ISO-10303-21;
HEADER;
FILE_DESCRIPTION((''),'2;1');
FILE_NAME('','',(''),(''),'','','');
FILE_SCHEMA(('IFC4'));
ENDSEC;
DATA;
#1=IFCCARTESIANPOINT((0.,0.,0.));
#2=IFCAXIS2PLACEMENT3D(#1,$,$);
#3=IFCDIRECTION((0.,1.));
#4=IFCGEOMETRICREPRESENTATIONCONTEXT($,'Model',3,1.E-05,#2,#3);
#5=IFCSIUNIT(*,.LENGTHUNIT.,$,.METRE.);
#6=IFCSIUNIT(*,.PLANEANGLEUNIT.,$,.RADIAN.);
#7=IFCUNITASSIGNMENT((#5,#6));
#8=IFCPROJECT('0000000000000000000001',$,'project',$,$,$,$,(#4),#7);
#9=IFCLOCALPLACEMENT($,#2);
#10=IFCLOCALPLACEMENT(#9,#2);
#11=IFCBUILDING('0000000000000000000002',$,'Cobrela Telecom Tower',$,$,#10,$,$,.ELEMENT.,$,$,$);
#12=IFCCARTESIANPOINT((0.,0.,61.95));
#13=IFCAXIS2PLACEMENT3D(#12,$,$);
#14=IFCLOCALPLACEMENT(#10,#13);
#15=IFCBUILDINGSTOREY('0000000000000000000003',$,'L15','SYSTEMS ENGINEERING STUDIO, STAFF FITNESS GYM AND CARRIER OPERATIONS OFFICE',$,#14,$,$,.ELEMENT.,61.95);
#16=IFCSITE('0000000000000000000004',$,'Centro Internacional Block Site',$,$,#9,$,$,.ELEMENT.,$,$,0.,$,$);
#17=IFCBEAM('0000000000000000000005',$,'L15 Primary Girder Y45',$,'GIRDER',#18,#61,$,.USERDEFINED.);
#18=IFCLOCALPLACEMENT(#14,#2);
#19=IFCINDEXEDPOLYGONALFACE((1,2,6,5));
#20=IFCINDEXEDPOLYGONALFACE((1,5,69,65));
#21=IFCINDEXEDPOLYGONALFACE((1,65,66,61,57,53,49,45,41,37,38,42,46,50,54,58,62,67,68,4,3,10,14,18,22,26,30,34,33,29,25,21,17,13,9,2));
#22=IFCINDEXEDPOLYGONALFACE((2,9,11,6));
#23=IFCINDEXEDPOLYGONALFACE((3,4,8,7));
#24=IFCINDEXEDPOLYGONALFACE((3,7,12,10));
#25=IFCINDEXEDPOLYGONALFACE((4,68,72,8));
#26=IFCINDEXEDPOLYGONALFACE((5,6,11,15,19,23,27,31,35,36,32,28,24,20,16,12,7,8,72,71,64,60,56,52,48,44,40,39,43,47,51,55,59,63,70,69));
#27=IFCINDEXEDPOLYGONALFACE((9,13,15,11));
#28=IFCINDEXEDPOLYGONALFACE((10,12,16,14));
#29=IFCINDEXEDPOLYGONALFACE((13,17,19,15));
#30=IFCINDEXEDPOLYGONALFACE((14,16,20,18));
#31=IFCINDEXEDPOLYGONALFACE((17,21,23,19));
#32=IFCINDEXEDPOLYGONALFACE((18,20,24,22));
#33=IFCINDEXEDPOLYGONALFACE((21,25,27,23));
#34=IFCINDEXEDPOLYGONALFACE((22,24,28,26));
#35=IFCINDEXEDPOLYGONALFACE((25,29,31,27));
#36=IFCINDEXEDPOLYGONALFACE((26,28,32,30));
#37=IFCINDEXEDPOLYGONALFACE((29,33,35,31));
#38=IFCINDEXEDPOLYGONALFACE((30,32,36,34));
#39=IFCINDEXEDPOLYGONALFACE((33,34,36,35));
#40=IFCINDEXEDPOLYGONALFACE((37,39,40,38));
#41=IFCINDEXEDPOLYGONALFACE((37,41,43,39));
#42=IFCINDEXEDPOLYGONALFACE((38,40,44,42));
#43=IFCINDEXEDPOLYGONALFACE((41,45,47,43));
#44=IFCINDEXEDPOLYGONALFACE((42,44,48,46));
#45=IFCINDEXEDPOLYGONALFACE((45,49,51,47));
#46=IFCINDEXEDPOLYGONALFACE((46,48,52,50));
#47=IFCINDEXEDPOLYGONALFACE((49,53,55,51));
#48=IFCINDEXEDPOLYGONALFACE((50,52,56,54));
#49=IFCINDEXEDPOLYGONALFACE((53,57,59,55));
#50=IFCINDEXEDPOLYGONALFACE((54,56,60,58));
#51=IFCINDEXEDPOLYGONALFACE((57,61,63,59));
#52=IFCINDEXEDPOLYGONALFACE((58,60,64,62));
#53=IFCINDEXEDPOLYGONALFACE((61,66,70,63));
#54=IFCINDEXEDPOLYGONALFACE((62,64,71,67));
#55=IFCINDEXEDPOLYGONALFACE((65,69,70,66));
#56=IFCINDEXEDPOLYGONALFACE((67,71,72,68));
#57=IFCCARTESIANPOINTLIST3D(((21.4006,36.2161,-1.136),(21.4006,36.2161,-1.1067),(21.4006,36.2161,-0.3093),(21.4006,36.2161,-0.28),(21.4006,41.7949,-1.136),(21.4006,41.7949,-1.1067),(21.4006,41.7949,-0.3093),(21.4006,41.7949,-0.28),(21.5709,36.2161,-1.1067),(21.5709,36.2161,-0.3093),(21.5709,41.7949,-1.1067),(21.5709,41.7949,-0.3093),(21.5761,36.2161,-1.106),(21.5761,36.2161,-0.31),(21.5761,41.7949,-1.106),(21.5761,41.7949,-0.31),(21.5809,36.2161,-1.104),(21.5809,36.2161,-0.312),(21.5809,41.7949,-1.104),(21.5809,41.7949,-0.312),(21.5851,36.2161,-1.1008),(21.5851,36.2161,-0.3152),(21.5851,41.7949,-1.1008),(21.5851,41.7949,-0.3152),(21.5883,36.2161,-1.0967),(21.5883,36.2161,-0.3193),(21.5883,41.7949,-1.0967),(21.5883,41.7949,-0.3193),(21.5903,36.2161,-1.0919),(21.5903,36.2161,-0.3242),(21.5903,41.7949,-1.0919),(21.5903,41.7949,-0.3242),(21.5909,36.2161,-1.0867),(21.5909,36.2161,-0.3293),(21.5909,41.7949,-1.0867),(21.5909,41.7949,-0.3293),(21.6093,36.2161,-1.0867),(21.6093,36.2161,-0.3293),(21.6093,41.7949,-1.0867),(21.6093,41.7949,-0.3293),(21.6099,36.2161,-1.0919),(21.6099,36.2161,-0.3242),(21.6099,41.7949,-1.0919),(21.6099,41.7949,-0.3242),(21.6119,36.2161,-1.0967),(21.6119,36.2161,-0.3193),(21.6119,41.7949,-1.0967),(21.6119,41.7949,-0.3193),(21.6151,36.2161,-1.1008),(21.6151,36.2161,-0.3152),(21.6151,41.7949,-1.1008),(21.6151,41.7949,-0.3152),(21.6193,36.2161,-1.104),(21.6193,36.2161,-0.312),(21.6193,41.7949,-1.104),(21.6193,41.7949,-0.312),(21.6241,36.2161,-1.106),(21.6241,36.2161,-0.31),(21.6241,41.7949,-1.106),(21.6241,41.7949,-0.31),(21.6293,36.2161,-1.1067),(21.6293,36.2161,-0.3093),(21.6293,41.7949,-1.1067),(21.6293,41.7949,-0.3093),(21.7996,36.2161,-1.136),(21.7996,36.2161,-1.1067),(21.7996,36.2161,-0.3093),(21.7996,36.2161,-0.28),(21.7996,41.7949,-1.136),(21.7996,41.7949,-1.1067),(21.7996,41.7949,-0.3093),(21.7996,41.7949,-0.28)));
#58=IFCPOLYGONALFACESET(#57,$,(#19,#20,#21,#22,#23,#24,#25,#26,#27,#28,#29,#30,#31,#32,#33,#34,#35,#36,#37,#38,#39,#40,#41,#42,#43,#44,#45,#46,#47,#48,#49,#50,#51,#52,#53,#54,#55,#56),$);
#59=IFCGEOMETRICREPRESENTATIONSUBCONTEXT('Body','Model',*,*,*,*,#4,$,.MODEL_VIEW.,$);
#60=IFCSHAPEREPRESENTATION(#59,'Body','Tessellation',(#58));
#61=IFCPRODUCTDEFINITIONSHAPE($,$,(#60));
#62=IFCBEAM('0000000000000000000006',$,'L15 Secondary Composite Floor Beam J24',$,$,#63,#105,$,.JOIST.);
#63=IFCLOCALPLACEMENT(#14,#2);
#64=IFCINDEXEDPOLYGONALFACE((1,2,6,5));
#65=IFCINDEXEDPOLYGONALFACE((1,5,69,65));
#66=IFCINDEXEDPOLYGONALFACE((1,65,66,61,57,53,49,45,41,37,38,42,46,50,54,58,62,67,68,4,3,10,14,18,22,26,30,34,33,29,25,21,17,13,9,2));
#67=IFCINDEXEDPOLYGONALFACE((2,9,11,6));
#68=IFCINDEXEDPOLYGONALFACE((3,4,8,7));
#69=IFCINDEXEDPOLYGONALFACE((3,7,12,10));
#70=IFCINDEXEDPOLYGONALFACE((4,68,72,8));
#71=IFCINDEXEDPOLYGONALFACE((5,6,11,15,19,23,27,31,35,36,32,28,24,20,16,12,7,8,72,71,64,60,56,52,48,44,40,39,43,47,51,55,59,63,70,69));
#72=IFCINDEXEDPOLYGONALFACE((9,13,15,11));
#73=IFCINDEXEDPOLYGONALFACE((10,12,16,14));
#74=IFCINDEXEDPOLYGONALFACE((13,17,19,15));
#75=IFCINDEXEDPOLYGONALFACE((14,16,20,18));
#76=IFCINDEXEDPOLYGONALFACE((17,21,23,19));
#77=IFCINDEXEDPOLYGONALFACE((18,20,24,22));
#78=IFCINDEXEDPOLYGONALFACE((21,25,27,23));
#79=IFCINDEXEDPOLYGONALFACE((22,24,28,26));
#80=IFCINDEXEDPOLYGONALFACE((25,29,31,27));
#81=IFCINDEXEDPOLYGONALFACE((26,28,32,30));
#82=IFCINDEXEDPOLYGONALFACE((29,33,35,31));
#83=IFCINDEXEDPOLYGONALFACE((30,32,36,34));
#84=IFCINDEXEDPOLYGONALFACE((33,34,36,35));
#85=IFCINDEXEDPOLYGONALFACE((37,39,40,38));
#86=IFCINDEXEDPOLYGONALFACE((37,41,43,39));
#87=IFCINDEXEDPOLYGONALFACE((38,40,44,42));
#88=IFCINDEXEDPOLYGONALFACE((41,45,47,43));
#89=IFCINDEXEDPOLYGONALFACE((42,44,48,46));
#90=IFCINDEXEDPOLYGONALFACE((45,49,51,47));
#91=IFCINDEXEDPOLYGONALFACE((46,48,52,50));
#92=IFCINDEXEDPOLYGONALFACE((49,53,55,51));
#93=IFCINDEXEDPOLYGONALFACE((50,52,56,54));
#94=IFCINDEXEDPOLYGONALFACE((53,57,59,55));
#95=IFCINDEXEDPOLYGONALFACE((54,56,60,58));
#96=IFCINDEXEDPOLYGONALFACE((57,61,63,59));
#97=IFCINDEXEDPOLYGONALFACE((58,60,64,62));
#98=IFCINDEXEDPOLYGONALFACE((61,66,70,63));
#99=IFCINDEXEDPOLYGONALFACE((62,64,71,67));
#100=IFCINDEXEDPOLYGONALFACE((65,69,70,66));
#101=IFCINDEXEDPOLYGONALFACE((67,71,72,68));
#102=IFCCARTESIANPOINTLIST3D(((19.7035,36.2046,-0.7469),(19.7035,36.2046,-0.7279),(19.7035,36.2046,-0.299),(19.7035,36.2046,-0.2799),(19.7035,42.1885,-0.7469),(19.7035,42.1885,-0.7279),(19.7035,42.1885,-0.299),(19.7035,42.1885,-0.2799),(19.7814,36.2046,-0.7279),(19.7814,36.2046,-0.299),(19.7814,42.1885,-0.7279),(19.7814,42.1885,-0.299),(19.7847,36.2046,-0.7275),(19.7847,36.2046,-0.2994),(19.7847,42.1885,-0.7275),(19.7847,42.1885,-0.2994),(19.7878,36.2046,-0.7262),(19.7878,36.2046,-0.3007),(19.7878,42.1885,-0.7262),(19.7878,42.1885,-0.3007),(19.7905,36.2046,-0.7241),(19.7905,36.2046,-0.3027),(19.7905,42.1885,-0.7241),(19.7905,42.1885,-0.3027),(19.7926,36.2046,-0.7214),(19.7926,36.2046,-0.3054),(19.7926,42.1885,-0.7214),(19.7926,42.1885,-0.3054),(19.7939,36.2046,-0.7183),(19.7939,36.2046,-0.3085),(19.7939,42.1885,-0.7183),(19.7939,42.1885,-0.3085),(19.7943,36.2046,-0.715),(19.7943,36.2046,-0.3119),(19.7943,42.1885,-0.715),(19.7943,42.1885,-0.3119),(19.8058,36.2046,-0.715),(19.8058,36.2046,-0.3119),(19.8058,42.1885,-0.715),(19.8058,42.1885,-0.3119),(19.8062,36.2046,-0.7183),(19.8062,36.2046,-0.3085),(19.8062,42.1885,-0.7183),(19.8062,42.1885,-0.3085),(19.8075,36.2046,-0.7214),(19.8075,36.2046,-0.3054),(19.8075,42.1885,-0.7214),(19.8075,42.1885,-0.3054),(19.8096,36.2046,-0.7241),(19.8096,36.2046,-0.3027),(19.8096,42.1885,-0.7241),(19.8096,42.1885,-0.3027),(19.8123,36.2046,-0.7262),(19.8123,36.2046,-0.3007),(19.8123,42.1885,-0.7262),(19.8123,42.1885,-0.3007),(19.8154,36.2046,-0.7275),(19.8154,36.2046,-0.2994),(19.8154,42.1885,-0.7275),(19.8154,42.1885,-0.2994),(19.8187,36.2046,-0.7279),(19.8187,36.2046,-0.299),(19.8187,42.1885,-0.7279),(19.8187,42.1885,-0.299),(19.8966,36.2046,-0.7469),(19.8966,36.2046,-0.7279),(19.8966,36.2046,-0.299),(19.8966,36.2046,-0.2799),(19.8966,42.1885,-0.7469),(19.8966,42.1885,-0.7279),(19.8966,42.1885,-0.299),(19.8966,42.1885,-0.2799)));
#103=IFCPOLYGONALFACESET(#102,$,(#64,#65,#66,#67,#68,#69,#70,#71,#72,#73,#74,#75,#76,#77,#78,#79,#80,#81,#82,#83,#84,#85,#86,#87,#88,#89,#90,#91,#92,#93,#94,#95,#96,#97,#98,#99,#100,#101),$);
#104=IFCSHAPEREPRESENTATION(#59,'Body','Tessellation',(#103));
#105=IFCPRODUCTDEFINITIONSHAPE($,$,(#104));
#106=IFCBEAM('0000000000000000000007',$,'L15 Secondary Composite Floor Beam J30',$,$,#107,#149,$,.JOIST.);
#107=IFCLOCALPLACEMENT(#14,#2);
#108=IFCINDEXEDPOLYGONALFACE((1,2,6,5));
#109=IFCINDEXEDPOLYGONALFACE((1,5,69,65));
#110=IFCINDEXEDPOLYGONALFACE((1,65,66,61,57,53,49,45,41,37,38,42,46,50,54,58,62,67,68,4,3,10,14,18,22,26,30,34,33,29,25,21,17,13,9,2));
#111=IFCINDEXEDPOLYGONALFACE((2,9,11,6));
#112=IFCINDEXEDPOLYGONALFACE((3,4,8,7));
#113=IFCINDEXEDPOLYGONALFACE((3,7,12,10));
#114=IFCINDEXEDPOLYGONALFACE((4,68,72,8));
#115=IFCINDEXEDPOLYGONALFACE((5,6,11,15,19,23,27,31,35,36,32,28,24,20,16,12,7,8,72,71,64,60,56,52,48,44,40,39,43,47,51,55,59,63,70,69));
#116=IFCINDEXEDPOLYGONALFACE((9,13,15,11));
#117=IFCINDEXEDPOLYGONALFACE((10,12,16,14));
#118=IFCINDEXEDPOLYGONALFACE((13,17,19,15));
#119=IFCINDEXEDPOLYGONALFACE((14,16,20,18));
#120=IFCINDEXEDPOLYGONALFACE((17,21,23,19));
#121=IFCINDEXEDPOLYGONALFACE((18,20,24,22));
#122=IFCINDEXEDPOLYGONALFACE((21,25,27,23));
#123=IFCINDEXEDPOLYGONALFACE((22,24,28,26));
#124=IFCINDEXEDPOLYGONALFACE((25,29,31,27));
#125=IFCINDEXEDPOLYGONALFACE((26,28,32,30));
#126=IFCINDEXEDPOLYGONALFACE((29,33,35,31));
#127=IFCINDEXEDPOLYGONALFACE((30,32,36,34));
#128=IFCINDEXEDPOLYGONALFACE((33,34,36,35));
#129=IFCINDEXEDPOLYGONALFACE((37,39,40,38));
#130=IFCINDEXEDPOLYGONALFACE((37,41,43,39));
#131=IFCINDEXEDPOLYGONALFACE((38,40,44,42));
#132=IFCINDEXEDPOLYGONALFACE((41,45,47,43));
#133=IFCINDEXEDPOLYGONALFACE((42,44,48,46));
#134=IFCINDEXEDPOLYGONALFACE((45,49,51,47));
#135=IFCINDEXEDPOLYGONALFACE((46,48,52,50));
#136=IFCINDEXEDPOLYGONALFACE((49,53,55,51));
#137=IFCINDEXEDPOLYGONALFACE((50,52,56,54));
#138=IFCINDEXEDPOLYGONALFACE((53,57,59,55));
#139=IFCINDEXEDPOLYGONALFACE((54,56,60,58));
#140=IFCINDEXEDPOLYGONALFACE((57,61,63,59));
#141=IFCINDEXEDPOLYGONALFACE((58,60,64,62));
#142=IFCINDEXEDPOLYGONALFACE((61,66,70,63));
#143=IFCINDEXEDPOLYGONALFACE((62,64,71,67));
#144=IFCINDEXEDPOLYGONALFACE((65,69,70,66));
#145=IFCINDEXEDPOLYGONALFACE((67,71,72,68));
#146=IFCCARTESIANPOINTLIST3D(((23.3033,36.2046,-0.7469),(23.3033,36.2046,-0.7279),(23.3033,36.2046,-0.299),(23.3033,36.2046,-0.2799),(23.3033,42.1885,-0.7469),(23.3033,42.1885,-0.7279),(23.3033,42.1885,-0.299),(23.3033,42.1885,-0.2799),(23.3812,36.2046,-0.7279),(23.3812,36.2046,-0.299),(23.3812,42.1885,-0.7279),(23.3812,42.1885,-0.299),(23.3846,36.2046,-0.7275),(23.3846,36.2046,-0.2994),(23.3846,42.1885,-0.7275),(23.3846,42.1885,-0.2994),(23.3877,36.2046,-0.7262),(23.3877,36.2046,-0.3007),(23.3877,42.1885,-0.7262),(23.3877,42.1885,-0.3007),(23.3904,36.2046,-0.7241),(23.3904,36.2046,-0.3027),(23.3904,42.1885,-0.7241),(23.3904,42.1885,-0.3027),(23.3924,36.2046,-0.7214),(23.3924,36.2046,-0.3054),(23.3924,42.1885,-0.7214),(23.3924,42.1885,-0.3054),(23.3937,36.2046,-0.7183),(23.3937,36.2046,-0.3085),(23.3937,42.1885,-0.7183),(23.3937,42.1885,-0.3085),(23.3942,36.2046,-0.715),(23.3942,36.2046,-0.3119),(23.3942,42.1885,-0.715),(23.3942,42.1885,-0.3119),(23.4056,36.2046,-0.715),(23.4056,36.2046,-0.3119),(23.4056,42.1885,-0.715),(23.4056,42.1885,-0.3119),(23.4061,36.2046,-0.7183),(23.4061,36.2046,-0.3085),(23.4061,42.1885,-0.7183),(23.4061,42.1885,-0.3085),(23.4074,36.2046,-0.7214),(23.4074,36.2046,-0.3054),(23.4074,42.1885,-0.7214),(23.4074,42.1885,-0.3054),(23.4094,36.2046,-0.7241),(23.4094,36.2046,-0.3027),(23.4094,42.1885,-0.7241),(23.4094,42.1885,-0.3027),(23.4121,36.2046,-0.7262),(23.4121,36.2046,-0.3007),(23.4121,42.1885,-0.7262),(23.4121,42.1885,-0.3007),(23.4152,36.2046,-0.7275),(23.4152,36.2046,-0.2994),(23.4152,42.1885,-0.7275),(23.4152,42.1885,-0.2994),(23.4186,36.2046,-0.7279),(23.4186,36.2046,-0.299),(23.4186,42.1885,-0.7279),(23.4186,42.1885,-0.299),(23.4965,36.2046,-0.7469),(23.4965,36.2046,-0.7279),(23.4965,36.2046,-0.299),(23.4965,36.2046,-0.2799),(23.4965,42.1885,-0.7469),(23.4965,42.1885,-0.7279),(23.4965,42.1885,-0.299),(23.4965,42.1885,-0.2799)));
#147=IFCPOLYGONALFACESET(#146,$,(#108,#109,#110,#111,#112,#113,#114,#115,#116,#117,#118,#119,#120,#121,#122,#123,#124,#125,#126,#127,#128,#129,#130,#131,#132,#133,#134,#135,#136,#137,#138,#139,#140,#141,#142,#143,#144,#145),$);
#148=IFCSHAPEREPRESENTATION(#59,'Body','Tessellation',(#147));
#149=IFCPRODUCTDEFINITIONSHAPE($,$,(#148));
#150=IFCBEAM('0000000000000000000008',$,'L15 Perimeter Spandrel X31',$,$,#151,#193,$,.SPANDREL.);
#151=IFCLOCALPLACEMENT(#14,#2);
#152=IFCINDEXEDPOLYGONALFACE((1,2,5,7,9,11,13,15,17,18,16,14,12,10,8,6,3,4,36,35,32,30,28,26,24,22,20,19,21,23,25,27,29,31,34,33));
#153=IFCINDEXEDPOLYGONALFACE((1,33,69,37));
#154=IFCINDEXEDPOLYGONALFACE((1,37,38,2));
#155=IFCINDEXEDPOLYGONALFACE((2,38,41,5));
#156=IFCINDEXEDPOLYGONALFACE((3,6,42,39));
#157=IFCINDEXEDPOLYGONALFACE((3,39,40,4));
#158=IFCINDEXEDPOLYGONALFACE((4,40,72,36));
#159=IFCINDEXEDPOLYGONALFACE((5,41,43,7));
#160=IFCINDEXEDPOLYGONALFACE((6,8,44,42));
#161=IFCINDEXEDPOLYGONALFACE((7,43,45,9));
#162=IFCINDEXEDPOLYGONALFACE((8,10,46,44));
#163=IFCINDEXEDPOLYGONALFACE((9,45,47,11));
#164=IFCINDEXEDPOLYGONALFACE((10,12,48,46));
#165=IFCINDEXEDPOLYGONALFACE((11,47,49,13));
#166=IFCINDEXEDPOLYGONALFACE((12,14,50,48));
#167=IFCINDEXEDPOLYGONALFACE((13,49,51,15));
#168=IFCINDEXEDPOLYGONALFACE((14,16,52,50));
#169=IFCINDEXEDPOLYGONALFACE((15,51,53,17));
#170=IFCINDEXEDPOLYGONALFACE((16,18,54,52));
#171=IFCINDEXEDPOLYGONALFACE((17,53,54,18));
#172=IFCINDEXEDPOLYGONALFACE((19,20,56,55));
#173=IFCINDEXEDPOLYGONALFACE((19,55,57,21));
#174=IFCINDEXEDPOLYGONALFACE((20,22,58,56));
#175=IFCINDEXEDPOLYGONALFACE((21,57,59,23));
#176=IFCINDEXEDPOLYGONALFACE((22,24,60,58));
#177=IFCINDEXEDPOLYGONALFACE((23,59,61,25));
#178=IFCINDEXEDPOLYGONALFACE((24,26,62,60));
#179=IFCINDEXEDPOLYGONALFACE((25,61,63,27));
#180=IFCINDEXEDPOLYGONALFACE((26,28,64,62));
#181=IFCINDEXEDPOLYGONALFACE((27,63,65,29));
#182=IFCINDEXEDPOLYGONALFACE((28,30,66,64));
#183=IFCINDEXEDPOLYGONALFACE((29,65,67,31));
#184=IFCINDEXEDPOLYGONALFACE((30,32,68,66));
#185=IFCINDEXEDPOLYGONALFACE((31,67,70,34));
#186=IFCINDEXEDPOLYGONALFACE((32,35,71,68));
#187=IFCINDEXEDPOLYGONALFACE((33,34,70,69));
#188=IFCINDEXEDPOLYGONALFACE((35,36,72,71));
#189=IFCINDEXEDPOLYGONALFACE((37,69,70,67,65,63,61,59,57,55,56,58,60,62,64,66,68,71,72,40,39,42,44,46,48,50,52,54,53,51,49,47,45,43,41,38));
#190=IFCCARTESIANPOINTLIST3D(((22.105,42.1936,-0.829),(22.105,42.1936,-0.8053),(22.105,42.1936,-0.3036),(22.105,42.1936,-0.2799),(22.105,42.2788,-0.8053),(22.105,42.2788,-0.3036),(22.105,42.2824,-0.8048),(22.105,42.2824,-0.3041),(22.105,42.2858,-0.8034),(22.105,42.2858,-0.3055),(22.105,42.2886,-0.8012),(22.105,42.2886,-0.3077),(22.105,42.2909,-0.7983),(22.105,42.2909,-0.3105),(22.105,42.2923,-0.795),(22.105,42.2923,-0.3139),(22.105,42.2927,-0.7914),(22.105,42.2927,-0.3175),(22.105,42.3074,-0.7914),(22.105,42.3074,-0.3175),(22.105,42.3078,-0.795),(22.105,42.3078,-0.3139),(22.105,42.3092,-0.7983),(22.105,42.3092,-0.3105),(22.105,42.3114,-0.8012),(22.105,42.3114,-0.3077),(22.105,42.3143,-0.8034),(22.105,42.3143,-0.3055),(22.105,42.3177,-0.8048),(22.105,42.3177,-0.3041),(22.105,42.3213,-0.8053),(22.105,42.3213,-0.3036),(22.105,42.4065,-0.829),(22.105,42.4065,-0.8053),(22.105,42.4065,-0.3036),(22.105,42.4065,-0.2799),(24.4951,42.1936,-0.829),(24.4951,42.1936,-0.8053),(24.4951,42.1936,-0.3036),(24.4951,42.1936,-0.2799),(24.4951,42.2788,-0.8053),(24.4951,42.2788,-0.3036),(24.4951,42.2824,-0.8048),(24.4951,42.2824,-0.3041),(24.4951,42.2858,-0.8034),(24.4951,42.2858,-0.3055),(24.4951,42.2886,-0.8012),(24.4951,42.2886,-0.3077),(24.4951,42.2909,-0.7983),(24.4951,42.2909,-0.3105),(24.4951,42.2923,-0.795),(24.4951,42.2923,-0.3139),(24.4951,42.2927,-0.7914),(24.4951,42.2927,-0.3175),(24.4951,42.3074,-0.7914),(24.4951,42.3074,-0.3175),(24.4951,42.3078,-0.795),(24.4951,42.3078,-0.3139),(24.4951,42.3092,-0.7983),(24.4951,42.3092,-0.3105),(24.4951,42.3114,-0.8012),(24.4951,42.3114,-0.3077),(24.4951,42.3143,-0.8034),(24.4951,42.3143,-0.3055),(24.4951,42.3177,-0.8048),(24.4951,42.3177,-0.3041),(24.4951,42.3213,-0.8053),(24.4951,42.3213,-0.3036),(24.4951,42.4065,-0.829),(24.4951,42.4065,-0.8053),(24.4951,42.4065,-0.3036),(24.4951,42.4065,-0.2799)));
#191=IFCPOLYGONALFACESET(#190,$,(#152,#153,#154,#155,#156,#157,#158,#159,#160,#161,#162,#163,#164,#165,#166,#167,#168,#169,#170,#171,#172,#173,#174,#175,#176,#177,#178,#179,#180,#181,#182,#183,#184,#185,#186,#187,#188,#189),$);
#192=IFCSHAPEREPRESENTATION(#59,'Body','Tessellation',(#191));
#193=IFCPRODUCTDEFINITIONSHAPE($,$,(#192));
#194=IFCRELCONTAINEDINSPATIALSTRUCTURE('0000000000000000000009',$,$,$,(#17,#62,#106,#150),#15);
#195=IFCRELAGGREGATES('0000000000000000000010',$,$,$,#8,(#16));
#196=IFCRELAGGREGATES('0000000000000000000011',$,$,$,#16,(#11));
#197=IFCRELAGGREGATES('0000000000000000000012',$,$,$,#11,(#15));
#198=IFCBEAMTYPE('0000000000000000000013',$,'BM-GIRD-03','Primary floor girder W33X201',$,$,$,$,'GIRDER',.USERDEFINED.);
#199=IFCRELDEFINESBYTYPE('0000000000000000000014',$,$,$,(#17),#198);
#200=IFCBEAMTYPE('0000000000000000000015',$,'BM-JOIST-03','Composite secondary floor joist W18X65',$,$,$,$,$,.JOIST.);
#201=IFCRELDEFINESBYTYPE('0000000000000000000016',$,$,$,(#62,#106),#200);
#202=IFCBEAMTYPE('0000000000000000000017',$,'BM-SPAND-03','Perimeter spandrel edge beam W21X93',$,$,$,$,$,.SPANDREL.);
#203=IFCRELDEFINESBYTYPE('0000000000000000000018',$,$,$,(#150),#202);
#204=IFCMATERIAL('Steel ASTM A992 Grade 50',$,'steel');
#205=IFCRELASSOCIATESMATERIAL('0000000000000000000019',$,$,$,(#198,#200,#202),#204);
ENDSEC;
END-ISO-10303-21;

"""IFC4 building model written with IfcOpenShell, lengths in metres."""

from ifc_helpers import new_model, si_unit, direction, frame, origin, origin_2d, place, context, subcontext, project, spatial, i_section, extrude, material, material_profile, profile_set, type_object, element, save


model = new_model("IFC4")

# Units and contexts
model_context = context("Model", 3, precision=1e-05, world=origin(), true_north=direction((0.0, 1.0)))
body_context = subcontext(model_context, "Body", "Model", "MODEL_VIEW")
ifc_project = project(units=[si_unit("LENGTHUNIT", "METRE"), si_unit("PLANEANGLEUNIT", "RADIAN")], contexts=[model_context])

# Site, building, storey
site_placement = place(None, origin())
site = spatial("IfcSite", under=ifc_project, at=site_placement, Name="Centro Internacional Block Site", CompositionType="ELEMENT", RefElevation=0.0)
building_placement = place(site_placement, origin())
building = spatial("IfcBuilding", under=site, at=building_placement, Name="Cobrela Telecom Tower", CompositionType="ELEMENT")
storey_placement = place(building_placement, frame((0.0, 0.0, 61.95)))
storey = spatial("IfcBuildingStorey", under=building, at=storey_placement, Name="L15", Description="SYSTEMS ENGINEERING STUDIO, STAFF FITNESS GYM AND CARRIER OPERATIONS OFFICE", CompositionType="ELEMENT", Elevation=61.95)

# Shared definitions
ifc_material_1 = material(Name="Steel ASTM A992 Grade 50", Category="steel")

# Beams
ifc_material_profile_1 = material_profile(ifc_material_1, i_section(OverallWidth=0.3989, OverallDepth=0.856, WebThickness=0.0183, FlangeThickness=0.0293, FilletRadius=0.02, at=origin_2d()), Name="W33X201")
ifc_profile_set_1 = profile_set([ifc_material_profile_1], Name="Steel ASTM A992 Grade 50")
beam_type_1 = type_object("IfcBeamType", Name="BM-GIRD-03", Description="Primary floor girder W33X201", ElementType="GIRDER", PredefinedType="USERDEFINED", material=ifc_profile_set_1)
beam_1_placement = place(storey_placement, frame((21.6001, 36.2161, -0.708), z_axis=(0.0, 1.0, 0.0), x_axis=(-1.0, 0.0, 0.0)))
element("IfcBeam", 1, at=beam_1_placement, inside=storey, type_object=beam_type_1, Name="L15 Primary Girder Y45", ObjectType="GIRDER", PredefinedType="USERDEFINED", context=body_context, shape_type="SweptSolid", body=[
    extrude(i_section(OverallWidth=0.3989, OverallDepth=0.856, WebThickness=0.0183, FlangeThickness=0.0293, FilletRadius=0.02, at=origin_2d()), origin(), (0.0, 0.0, 1.0), 5.5789),
])
ifc_material_profile_2 = material_profile(ifc_material_1, i_section(OverallWidth=0.1931, OverallDepth=0.467, WebThickness=0.0115, FlangeThickness=0.019, FilletRadius=0.0129, at=origin_2d()), Name="W18X65")
ifc_profile_set_2 = profile_set([ifc_material_profile_2], Name="Steel ASTM A992 Grade 50")
beam_type_2 = type_object("IfcBeamType", Name="BM-JOIST-03", Description="Composite secondary floor joist W18X65", PredefinedType="JOIST", material=ifc_profile_set_2)
for number, where, z_axis, x_axis, name in (
    (2, (19.8, 36.2046, -0.5134), (0.0, 1.0, 0.0), (-1.0, 0.0, 0.0), "L15 Secondary Composite Floor Beam J24"),
    (3, (23.3999, 36.2046, -0.5134), (0.0, 1.0, 0.0), (-1.0, 0.0, 0.0), "L15 Secondary Composite Floor Beam J30"),
):
    element("IfcBeam", number, at=place(storey_placement, frame(where, z_axis=z_axis, x_axis=x_axis)), inside=storey, type_object=beam_type_2, Name=name, PredefinedType="JOIST", context=body_context, shape_type="SweptSolid", body=[
        extrude(i_section(OverallWidth=0.1931, OverallDepth=0.467, WebThickness=0.0115, FlangeThickness=0.019, FilletRadius=0.0129, at=origin_2d()), origin(), (0.0, 0.0, 1.0), 5.9839),
    ])
ifc_material_profile_3 = material_profile(ifc_material_1, i_section(OverallWidth=0.2129, OverallDepth=0.5491, WebThickness=0.0146, FlangeThickness=0.0237, FilletRadius=0.0139, at=origin_2d()), Name="W21X93")
ifc_profile_set_3 = profile_set([ifc_material_profile_3], Name="Steel ASTM A992 Grade 50")
beam_type_3 = type_object("IfcBeamType", Name="BM-SPAND-03", Description="Perimeter spandrel edge beam W21X93", PredefinedType="SPANDREL", material=ifc_profile_set_3)
beam_2_placement = place(storey_placement, frame((22.105, 42.3, -0.5544), z_axis=(1.0, 0.0, 0.0), x_axis=(0.0, 1.0, 0.0)))
element("IfcBeam", 4, at=beam_2_placement, inside=storey, type_object=beam_type_3, Name="L15 Perimeter Spandrel X31", PredefinedType="SPANDREL", context=body_context, shape_type="SweptSolid", body=[
    extrude(i_section(OverallWidth=0.2129, OverallDepth=0.5491, WebThickness=0.0146, FlangeThickness=0.0237, FilletRadius=0.0139, at=origin_2d()), origin(), (0.0, 0.0, 1.0), 2.3901),
])

save(model, "model.ifc")
